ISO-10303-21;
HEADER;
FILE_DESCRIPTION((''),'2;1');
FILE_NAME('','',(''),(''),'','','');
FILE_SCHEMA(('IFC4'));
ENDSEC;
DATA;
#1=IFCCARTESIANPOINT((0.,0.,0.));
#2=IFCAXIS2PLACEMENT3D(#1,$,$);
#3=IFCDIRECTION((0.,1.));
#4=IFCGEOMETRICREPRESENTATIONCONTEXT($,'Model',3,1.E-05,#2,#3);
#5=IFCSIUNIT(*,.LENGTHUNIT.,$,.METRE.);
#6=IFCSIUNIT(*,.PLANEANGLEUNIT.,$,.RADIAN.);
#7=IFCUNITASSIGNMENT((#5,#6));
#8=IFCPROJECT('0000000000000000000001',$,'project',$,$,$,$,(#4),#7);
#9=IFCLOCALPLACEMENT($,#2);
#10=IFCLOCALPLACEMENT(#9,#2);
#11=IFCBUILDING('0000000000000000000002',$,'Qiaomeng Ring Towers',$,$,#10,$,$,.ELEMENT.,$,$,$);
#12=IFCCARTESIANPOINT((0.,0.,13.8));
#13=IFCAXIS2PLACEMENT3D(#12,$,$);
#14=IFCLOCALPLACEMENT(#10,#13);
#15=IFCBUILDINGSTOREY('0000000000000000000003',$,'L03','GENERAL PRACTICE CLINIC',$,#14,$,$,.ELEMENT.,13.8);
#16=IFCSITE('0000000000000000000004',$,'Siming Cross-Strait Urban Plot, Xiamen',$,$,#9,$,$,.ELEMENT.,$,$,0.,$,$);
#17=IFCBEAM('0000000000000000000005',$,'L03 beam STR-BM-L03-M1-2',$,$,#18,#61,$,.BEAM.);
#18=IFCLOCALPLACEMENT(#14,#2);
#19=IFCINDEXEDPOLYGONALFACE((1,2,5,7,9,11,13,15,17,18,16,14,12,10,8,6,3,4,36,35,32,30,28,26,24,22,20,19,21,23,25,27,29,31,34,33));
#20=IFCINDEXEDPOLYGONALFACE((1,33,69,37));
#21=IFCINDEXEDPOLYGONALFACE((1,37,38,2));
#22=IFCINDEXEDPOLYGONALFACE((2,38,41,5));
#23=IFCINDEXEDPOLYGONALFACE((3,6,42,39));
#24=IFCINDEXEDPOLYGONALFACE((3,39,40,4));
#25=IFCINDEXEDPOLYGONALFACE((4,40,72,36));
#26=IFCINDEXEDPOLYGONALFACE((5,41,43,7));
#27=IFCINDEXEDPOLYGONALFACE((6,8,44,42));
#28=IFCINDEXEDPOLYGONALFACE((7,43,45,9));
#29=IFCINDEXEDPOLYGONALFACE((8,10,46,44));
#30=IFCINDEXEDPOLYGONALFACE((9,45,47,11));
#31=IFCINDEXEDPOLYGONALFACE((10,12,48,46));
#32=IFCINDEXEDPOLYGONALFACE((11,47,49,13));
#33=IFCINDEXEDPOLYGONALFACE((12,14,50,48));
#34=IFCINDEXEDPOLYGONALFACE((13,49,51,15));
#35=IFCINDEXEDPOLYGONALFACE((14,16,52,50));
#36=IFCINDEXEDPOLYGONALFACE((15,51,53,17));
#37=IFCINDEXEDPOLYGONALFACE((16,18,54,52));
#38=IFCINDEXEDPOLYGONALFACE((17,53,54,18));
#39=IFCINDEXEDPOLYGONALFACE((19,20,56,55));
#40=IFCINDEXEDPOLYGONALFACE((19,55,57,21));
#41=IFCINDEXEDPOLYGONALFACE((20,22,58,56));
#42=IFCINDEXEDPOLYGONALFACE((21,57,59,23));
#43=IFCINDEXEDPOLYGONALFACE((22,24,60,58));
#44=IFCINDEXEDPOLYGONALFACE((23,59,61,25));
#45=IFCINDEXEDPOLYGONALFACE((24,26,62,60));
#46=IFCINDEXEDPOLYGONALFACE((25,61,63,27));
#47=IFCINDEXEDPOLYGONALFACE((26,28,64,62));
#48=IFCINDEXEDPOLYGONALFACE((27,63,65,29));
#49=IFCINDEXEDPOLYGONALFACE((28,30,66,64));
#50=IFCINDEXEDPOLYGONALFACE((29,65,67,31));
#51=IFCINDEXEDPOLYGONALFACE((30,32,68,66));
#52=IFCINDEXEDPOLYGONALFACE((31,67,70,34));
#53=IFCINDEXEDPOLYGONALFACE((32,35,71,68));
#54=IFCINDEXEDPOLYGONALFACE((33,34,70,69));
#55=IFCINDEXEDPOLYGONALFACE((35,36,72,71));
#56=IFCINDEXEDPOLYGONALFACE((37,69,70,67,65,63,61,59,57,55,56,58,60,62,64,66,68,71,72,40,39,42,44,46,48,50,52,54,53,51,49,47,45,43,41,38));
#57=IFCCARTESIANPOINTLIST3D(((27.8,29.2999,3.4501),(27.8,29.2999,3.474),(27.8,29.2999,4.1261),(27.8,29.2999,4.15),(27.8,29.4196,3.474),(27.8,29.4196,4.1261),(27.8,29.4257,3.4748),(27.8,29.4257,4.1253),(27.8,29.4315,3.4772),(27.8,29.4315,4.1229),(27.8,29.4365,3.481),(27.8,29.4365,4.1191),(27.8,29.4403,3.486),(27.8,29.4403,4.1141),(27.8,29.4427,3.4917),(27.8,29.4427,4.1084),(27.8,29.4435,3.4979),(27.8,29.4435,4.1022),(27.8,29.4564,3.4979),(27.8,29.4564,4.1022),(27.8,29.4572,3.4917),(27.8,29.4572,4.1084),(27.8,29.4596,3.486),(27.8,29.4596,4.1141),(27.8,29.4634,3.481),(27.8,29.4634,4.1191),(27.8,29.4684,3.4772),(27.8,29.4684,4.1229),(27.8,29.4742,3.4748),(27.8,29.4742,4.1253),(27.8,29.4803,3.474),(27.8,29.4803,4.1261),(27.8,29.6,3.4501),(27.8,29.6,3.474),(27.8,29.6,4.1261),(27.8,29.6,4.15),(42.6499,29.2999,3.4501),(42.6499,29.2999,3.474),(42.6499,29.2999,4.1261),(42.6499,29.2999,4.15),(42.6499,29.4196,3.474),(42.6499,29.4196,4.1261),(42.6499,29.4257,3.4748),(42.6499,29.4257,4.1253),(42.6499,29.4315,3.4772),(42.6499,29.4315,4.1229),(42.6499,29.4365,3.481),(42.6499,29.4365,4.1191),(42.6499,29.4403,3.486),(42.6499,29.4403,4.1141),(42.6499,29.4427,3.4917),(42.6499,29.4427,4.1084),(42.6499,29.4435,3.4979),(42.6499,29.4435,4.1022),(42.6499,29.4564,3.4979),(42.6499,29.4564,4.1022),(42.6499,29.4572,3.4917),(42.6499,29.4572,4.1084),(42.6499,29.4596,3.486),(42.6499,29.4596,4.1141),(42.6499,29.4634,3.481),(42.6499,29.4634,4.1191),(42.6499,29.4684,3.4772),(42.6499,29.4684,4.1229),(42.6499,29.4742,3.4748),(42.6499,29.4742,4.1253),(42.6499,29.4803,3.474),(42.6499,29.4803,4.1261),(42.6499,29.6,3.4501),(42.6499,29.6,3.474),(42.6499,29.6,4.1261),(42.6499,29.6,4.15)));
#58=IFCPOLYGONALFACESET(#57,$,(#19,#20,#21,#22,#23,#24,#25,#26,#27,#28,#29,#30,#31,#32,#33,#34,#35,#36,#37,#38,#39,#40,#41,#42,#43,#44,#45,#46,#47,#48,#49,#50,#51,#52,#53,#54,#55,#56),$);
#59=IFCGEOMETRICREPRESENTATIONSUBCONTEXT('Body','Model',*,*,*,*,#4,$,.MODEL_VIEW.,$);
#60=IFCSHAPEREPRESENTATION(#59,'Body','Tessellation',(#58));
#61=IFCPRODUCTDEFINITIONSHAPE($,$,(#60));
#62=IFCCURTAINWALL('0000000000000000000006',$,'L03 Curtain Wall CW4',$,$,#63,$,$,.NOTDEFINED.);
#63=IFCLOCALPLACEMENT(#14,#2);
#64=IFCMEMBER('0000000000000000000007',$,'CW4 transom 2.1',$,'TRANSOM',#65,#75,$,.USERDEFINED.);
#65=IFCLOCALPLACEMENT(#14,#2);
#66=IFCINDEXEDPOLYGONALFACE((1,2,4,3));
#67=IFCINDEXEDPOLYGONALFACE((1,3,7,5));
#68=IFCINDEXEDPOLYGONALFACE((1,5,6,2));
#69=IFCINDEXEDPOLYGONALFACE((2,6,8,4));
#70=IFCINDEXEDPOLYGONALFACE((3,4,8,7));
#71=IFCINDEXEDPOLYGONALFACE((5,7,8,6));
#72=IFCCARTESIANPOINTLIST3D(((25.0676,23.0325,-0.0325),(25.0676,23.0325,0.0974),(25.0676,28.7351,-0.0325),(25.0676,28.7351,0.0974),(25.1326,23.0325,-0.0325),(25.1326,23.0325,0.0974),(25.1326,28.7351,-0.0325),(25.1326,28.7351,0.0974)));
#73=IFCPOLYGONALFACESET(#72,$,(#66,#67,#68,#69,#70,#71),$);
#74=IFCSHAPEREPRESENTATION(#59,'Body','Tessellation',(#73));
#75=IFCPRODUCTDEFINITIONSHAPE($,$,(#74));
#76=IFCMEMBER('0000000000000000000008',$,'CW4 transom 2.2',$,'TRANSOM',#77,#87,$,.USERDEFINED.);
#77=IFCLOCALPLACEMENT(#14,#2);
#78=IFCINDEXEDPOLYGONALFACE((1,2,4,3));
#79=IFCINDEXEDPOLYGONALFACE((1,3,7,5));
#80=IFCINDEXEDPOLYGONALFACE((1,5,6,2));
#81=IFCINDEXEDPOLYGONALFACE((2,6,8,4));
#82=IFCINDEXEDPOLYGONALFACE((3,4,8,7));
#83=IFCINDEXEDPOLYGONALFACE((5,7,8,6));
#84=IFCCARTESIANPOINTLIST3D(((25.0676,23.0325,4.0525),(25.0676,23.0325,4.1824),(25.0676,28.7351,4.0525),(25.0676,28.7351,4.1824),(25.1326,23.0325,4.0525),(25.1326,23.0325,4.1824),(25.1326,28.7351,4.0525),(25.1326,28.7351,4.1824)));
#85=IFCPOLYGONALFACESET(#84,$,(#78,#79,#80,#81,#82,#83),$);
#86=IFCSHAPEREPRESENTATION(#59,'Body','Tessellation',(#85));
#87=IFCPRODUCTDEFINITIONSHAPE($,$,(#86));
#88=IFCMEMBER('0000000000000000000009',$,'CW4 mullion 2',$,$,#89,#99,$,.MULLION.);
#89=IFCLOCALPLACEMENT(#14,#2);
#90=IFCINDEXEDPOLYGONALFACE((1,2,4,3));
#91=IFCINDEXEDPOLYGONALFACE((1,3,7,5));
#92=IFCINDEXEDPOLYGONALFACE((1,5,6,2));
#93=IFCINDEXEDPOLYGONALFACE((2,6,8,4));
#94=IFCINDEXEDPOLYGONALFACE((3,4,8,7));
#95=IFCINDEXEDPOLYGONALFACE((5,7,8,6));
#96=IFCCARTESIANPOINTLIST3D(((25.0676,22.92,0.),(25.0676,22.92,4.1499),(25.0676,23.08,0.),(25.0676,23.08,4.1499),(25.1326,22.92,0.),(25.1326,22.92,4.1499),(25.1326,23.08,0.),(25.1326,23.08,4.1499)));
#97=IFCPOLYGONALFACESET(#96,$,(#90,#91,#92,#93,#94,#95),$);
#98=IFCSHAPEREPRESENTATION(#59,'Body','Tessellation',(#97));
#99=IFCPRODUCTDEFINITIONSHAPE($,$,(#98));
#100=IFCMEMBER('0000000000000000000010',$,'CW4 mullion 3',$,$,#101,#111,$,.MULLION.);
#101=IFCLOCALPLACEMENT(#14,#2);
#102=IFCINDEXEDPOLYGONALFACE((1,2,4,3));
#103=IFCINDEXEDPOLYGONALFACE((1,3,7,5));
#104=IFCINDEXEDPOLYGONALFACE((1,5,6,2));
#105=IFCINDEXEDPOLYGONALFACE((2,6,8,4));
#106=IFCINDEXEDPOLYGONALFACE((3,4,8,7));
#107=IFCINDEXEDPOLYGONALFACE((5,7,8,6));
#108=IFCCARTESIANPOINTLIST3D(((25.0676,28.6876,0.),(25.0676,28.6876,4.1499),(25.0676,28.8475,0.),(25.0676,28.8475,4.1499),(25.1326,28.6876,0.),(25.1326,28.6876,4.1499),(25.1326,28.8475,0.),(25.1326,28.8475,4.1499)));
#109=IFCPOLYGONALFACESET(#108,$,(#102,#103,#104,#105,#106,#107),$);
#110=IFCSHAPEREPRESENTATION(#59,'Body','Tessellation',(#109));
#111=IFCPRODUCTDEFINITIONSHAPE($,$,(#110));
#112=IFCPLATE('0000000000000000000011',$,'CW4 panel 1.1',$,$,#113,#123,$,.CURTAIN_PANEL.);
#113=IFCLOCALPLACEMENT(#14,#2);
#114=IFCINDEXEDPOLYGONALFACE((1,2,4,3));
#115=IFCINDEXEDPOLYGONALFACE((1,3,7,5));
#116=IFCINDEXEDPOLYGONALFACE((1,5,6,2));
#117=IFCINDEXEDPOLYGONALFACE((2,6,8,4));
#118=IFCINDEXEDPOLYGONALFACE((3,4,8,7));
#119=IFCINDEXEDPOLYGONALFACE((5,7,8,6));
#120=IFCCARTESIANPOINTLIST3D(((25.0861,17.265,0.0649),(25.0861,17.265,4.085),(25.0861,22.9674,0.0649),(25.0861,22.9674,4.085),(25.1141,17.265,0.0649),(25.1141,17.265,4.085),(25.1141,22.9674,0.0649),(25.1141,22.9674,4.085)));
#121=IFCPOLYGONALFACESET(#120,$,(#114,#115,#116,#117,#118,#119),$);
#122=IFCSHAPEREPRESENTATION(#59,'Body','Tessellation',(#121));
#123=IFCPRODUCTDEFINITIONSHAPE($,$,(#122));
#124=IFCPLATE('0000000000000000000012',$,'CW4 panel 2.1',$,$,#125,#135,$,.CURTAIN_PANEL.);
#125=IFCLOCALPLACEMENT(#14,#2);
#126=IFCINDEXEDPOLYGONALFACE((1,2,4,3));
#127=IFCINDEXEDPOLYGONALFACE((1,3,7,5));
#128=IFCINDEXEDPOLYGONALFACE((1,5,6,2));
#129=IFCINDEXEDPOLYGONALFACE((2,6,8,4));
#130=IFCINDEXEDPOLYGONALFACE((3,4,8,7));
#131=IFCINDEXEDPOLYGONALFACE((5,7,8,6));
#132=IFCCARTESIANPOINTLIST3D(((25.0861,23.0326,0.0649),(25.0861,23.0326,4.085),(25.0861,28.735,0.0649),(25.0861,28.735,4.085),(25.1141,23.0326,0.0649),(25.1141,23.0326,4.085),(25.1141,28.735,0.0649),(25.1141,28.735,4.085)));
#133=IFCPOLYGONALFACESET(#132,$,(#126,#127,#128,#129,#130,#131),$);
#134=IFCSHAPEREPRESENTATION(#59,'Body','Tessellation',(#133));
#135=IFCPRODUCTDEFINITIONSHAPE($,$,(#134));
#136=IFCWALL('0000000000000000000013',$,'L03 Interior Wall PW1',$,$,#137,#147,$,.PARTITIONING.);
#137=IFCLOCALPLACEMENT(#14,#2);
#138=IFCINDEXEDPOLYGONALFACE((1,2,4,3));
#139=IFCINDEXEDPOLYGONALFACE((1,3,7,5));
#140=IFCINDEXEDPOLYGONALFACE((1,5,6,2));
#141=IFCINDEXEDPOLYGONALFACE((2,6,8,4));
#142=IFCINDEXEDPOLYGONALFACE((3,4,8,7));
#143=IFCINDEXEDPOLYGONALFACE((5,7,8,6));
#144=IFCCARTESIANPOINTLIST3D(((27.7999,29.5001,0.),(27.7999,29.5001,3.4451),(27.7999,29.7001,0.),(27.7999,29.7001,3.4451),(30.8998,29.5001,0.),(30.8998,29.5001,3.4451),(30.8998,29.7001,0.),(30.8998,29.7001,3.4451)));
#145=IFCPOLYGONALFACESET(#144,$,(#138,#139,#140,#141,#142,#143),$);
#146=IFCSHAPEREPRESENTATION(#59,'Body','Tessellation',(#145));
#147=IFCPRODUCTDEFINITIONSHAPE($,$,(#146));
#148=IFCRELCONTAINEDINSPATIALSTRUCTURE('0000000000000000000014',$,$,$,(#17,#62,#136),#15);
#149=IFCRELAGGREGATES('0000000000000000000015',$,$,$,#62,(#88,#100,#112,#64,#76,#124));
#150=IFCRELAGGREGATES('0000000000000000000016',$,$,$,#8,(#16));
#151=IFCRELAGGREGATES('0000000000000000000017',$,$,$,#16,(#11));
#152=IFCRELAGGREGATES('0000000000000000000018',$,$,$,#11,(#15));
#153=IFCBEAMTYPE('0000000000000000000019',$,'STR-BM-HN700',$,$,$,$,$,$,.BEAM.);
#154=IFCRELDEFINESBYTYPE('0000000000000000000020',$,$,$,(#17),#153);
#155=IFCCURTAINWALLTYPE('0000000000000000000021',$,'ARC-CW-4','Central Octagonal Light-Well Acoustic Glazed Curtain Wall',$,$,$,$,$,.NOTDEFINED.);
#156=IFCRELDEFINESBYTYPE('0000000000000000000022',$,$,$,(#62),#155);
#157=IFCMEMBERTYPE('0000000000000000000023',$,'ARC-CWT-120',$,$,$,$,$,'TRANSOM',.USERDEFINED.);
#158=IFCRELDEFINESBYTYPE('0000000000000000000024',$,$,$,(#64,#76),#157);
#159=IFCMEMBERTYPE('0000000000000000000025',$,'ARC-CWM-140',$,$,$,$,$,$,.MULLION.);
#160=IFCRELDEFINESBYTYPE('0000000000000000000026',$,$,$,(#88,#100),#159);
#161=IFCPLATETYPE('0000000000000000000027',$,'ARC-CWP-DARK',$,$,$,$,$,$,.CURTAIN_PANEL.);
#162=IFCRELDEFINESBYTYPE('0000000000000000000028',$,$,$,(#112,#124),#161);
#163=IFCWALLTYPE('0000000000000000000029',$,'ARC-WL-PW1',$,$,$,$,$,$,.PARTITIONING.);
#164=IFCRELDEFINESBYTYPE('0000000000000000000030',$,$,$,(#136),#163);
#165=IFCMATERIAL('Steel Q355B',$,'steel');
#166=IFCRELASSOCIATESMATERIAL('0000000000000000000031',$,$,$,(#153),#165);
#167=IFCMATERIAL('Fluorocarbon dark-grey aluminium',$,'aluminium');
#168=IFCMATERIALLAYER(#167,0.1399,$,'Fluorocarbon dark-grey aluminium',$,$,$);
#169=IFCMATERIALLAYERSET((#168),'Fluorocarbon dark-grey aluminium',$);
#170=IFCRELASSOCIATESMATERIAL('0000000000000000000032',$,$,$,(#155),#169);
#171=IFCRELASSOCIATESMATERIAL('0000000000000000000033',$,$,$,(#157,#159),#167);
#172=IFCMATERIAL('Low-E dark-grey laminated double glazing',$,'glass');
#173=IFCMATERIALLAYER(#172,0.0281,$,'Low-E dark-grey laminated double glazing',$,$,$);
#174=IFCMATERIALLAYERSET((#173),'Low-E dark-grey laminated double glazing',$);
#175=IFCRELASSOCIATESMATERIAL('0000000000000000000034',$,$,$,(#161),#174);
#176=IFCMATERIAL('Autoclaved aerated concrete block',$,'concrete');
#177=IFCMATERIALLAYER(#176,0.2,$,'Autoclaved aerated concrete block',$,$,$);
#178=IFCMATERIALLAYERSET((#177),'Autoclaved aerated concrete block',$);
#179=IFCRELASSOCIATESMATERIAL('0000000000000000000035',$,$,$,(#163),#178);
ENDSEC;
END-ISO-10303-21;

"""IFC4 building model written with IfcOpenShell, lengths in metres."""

from ifc_helpers import new_model, si_unit, direction, frame, frame_2d, origin, origin_2d, place, context, subcontext, project, spatial, rectangle, i_section, extrude, source, transform, mapped, material, layer, layer_set, material_profile, profile_set, type_object, element, aggregate, save


model = new_model("IFC4")

# Units and contexts
model_context = context("Model", 3, precision=1e-05, world=origin(), true_north=direction((0.0, 1.0)))
body_context = subcontext(model_context, "Body", "Model", "MODEL_VIEW")
ifc_project = project(units=[si_unit("LENGTHUNIT", "METRE"), si_unit("PLANEANGLEUNIT", "RADIAN")], contexts=[model_context])

# Site, building, storey
site_placement = place(None, origin())
site = spatial("IfcSite", under=ifc_project, at=site_placement, Name="Siming Cross-Strait Urban Plot, Xiamen", CompositionType="ELEMENT", RefElevation=0.0)
building_placement = place(site_placement, origin())
building = spatial("IfcBuilding", under=site, at=building_placement, Name="Qiaomeng Ring Towers", CompositionType="ELEMENT")
storey_placement = place(building_placement, frame((0.0, 0.0, 13.8)))
storey = spatial("IfcBuildingStorey", under=building, at=storey_placement, Name="L03", Description="GENERAL PRACTICE CLINIC", CompositionType="ELEMENT", Elevation=13.8)

# Beam
ifc_material_1 = material(Name="Steel Q355B", Category="steel")
ifc_material_profile_1 = material_profile(ifc_material_1, i_section(OverallWidth=0.3, OverallDepth=0.7, WebThickness=0.0129, FlangeThickness=0.0239, FilletRadius=0.0239, at=origin_2d()), Name="HN 700x300x13x24")
ifc_profile_set_1 = profile_set([ifc_material_profile_1], Name="Steel Q355B")
beam_type = type_object("IfcBeamType", Name="STR-BM-HN700", PredefinedType="BEAM", material=ifc_profile_set_1)
shared_shape_1 = source(origin(), body_context, "Body", "SweptSolid", [
    extrude(i_section(OverallWidth=0.3, OverallDepth=0.7, WebThickness=0.0129, FlangeThickness=0.0239, FilletRadius=0.0239, at=origin_2d()), origin(), (0.0, 0.0, 1.0), 14.8499),
])
beam_placement = place(storey_placement, frame((27.8, 29.45, 3.8), z_axis=(1.0, 0.0, 0.0), x_axis=(0.0, 1.0, 0.0)))
element("IfcBeam", 1, at=beam_placement, inside=storey, type_object=beam_type, Name="L03 beam STR-BM-L03-M1-2", PredefinedType="BEAM", context=body_context, shape_type="MappedRepresentation", body=[
    mapped(shared_shape_1, transform((0.0, 0.0, 0.0), x_axis=(1.0, 0.0, 0.0), y_axis=(0.0, 1.0, 0.0), z_axis=(0.0, 0.0, 1.0), scale=1.0)),
])

# Curtain wall, members, plates
ifc_material_2 = material(Name="Fluorocarbon dark-grey aluminium", Category="aluminium")
ifc_layer_1 = layer(ifc_material_2, 0.1399, Name="Fluorocarbon dark-grey aluminium")
ifc_layer_set_1 = layer_set([ifc_layer_1], Name="Fluorocarbon dark-grey aluminium")
curtain_wall_type = type_object("IfcCurtainWallType", Name="ARC-CW-4", Description="Central Octagonal Light-Well Acoustic Glazed Curtain Wall", PredefinedType="NOTDEFINED", material=ifc_layer_set_1)
curtain_wall_placement = place(storey_placement, origin())
curtain_wall = element("IfcCurtainWall", 2, at=curtain_wall_placement, inside=storey, type_object=curtain_wall_type, Name="L03 Curtain Wall CW4", PredefinedType="NOTDEFINED")
ifc_material_profile_2 = material_profile(ifc_material_2, rectangle(XDim=0.0649, YDim=0.1299, at=origin_2d()), Name="ALU TRAN 65x130")
ifc_profile_set_2 = profile_set([ifc_material_profile_2], Name="Fluorocarbon dark-grey aluminium")
member_type_1 = type_object("IfcMemberType", Name="ARC-CWT-120", ElementType="TRANSOM", PredefinedType="USERDEFINED", material=ifc_profile_set_2)
shared_shape_2 = source(origin(), body_context, "Body", "SweptSolid", [
    extrude(rectangle(XDim=0.0649, YDim=0.1299, at=origin_2d()), origin(), (0.0, 0.0, 1.0), 5.7026),
])
member_1_placement = place(storey_placement, frame((25.1001, 23.0325, 0.0325), z_axis=(0.0, 1.0, 0.0), x_axis=(-1.0, 0.0, 0.0)))
member_1 = element("IfcMember", 3, at=member_1_placement, type_object=member_type_1, Name="CW4 transom 2.1", ObjectType="TRANSOM", PredefinedType="USERDEFINED", context=body_context, shape_type="MappedRepresentation", body=[
    mapped(shared_shape_2, transform((0.0, 0.0, 0.0), x_axis=(1.0, 0.0, 0.0), y_axis=(0.0, 1.0, 0.0), z_axis=(0.0, 0.0, 1.0), scale=1.0)),
])
member_2_placement = place(storey_placement, frame((25.1001, 23.0325, 4.1174), z_axis=(0.0, 1.0, 0.0), x_axis=(-1.0, 0.0, 0.0)))
member_2 = element("IfcMember", 4, at=member_2_placement, type_object=member_type_1, Name="CW4 transom 2.2", ObjectType="TRANSOM", PredefinedType="USERDEFINED", context=body_context, shape_type="MappedRepresentation", body=[
    mapped(shared_shape_2, transform((0.0, 0.0, 0.0), x_axis=(1.0, 0.0, 0.0), y_axis=(0.0, 1.0, 0.0), z_axis=(0.0, 0.0, 1.0), scale=1.0)),
])
ifc_material_profile_3 = material_profile(ifc_material_2, rectangle(XDim=0.0649, YDim=0.1599, at=origin_2d()), Name="ALU MULL 65x160")
ifc_profile_set_3 = profile_set([ifc_material_profile_3], Name="Fluorocarbon dark-grey aluminium")
member_type_2 = type_object("IfcMemberType", Name="ARC-CWM-140", PredefinedType="MULLION", material=ifc_profile_set_3)
shared_shape_3 = source(origin(), body_context, "Body", "SweptSolid", [
    extrude(rectangle(XDim=0.0649, YDim=0.1599, at=origin_2d()), origin(), (0.0, 0.0, 1.0), 4.1499),
])
member_3_placement = place(storey_placement, frame((25.1001, 23.0, 0.0), z_axis=(0.0, 0.0, 1.0), x_axis=(-1.0, 0.0, 0.0)))
member_3 = element("IfcMember", 5, at=member_3_placement, type_object=member_type_2, Name="CW4 mullion 2", PredefinedType="MULLION", context=body_context, shape_type="MappedRepresentation", body=[
    mapped(shared_shape_3, transform((0.0, 0.0, 0.0), x_axis=(1.0, 0.0, 0.0), y_axis=(0.0, 1.0, 0.0), z_axis=(0.0, 0.0, 1.0), scale=1.0)),
])
member_4_placement = place(storey_placement, frame((25.1001, 28.7676, 0.0), z_axis=(0.0, 0.0, 1.0), x_axis=(-1.0, 0.0, 0.0)))
member_4 = element("IfcMember", 6, at=member_4_placement, type_object=member_type_2, Name="CW4 mullion 3", PredefinedType="MULLION", context=body_context, shape_type="MappedRepresentation", body=[
    mapped(shared_shape_3, transform((0.0, 0.0, 0.0), x_axis=(1.0, 0.0, 0.0), y_axis=(0.0, 1.0, 0.0), z_axis=(0.0, 0.0, 1.0), scale=1.0)),
])
ifc_material_3 = material(Name="Low-E dark-grey laminated double glazing", Category="glass")
ifc_layer_2 = layer(ifc_material_3, 0.0281, Name="Low-E dark-grey laminated double glazing")
ifc_layer_set_2 = layer_set([ifc_layer_2], Name="Low-E dark-grey laminated double glazing")
plate_type = type_object("IfcPlateType", Name="ARC-CWP-DARK", PredefinedType="CURTAIN_PANEL", material=ifc_layer_set_2)
shared_shape_4 = source(origin(), body_context, "Body", "SweptSolid", [
    extrude(rectangle(XDim=5.7024, YDim=0.0281, at=origin_2d()), origin(), (0.0, 0.0, 1.0), 4.02),
])
plate_1_placement = place(storey_placement, frame((25.1001, 20.1162, 0.0649), z_axis=(0.0, 0.0, 1.0), x_axis=(0.0, 1.0, 0.0)))
plate_1 = element("IfcPlate", 7, at=plate_1_placement, type_object=plate_type, Name="CW4 panel 1.1", PredefinedType="CURTAIN_PANEL", context=body_context, shape_type="MappedRepresentation", body=[
    mapped(shared_shape_4, transform((0.0, 0.0, 0.0), x_axis=(1.0, 0.0, 0.0), y_axis=(0.0, 1.0, 0.0), z_axis=(0.0, 0.0, 1.0), scale=1.0)),
])
plate_2_placement = place(storey_placement, frame((25.1001, 25.8838, 0.0649), z_axis=(0.0, 0.0, 1.0), x_axis=(0.0, 1.0, 0.0)))
plate_2 = element("IfcPlate", 8, at=plate_2_placement, type_object=plate_type, Name="CW4 panel 2.1", PredefinedType="CURTAIN_PANEL", context=body_context, shape_type="MappedRepresentation", body=[
    mapped(shared_shape_4, transform((0.0, 0.0, 0.0), x_axis=(1.0, 0.0, 0.0), y_axis=(0.0, 1.0, 0.0), z_axis=(0.0, 0.0, 1.0), scale=1.0)),
])
aggregate(curtain_wall, [member_3, member_4, plate_1, member_1, member_2, plate_2])

# Wall
ifc_material_4 = material(Name="Autoclaved aerated concrete block", Category="concrete")
ifc_layer_3 = layer(ifc_material_4, 0.2, Name="Autoclaved aerated concrete block")
ifc_layer_set_3 = layer_set([ifc_layer_3], Name="Autoclaved aerated concrete block")
wall_type_1 = type_object("IfcWallType", Name="ARC-WL-PW1", PredefinedType="PARTITIONING", material=ifc_layer_set_3)
wall_1_placement = place(storey_placement, frame((27.8, 29.6001, 0.0), z_axis=(0.0, 0.0, 1.0), x_axis=(1.0, 0.0, 0.0)))
element("IfcWall", 9, at=wall_1_placement, inside=storey, type_object=wall_type_1, Name="L03 Interior Wall PW1", PredefinedType="PARTITIONING", context=body_context, shape_type="SweptSolid", body=[
    extrude(rectangle(XDim=3.0999, YDim=0.2, at=frame_2d((1.5498, 0.0))), origin(), (0.0, 0.0, 1.0), 3.4451),
])

save(model, "model.ifc")
